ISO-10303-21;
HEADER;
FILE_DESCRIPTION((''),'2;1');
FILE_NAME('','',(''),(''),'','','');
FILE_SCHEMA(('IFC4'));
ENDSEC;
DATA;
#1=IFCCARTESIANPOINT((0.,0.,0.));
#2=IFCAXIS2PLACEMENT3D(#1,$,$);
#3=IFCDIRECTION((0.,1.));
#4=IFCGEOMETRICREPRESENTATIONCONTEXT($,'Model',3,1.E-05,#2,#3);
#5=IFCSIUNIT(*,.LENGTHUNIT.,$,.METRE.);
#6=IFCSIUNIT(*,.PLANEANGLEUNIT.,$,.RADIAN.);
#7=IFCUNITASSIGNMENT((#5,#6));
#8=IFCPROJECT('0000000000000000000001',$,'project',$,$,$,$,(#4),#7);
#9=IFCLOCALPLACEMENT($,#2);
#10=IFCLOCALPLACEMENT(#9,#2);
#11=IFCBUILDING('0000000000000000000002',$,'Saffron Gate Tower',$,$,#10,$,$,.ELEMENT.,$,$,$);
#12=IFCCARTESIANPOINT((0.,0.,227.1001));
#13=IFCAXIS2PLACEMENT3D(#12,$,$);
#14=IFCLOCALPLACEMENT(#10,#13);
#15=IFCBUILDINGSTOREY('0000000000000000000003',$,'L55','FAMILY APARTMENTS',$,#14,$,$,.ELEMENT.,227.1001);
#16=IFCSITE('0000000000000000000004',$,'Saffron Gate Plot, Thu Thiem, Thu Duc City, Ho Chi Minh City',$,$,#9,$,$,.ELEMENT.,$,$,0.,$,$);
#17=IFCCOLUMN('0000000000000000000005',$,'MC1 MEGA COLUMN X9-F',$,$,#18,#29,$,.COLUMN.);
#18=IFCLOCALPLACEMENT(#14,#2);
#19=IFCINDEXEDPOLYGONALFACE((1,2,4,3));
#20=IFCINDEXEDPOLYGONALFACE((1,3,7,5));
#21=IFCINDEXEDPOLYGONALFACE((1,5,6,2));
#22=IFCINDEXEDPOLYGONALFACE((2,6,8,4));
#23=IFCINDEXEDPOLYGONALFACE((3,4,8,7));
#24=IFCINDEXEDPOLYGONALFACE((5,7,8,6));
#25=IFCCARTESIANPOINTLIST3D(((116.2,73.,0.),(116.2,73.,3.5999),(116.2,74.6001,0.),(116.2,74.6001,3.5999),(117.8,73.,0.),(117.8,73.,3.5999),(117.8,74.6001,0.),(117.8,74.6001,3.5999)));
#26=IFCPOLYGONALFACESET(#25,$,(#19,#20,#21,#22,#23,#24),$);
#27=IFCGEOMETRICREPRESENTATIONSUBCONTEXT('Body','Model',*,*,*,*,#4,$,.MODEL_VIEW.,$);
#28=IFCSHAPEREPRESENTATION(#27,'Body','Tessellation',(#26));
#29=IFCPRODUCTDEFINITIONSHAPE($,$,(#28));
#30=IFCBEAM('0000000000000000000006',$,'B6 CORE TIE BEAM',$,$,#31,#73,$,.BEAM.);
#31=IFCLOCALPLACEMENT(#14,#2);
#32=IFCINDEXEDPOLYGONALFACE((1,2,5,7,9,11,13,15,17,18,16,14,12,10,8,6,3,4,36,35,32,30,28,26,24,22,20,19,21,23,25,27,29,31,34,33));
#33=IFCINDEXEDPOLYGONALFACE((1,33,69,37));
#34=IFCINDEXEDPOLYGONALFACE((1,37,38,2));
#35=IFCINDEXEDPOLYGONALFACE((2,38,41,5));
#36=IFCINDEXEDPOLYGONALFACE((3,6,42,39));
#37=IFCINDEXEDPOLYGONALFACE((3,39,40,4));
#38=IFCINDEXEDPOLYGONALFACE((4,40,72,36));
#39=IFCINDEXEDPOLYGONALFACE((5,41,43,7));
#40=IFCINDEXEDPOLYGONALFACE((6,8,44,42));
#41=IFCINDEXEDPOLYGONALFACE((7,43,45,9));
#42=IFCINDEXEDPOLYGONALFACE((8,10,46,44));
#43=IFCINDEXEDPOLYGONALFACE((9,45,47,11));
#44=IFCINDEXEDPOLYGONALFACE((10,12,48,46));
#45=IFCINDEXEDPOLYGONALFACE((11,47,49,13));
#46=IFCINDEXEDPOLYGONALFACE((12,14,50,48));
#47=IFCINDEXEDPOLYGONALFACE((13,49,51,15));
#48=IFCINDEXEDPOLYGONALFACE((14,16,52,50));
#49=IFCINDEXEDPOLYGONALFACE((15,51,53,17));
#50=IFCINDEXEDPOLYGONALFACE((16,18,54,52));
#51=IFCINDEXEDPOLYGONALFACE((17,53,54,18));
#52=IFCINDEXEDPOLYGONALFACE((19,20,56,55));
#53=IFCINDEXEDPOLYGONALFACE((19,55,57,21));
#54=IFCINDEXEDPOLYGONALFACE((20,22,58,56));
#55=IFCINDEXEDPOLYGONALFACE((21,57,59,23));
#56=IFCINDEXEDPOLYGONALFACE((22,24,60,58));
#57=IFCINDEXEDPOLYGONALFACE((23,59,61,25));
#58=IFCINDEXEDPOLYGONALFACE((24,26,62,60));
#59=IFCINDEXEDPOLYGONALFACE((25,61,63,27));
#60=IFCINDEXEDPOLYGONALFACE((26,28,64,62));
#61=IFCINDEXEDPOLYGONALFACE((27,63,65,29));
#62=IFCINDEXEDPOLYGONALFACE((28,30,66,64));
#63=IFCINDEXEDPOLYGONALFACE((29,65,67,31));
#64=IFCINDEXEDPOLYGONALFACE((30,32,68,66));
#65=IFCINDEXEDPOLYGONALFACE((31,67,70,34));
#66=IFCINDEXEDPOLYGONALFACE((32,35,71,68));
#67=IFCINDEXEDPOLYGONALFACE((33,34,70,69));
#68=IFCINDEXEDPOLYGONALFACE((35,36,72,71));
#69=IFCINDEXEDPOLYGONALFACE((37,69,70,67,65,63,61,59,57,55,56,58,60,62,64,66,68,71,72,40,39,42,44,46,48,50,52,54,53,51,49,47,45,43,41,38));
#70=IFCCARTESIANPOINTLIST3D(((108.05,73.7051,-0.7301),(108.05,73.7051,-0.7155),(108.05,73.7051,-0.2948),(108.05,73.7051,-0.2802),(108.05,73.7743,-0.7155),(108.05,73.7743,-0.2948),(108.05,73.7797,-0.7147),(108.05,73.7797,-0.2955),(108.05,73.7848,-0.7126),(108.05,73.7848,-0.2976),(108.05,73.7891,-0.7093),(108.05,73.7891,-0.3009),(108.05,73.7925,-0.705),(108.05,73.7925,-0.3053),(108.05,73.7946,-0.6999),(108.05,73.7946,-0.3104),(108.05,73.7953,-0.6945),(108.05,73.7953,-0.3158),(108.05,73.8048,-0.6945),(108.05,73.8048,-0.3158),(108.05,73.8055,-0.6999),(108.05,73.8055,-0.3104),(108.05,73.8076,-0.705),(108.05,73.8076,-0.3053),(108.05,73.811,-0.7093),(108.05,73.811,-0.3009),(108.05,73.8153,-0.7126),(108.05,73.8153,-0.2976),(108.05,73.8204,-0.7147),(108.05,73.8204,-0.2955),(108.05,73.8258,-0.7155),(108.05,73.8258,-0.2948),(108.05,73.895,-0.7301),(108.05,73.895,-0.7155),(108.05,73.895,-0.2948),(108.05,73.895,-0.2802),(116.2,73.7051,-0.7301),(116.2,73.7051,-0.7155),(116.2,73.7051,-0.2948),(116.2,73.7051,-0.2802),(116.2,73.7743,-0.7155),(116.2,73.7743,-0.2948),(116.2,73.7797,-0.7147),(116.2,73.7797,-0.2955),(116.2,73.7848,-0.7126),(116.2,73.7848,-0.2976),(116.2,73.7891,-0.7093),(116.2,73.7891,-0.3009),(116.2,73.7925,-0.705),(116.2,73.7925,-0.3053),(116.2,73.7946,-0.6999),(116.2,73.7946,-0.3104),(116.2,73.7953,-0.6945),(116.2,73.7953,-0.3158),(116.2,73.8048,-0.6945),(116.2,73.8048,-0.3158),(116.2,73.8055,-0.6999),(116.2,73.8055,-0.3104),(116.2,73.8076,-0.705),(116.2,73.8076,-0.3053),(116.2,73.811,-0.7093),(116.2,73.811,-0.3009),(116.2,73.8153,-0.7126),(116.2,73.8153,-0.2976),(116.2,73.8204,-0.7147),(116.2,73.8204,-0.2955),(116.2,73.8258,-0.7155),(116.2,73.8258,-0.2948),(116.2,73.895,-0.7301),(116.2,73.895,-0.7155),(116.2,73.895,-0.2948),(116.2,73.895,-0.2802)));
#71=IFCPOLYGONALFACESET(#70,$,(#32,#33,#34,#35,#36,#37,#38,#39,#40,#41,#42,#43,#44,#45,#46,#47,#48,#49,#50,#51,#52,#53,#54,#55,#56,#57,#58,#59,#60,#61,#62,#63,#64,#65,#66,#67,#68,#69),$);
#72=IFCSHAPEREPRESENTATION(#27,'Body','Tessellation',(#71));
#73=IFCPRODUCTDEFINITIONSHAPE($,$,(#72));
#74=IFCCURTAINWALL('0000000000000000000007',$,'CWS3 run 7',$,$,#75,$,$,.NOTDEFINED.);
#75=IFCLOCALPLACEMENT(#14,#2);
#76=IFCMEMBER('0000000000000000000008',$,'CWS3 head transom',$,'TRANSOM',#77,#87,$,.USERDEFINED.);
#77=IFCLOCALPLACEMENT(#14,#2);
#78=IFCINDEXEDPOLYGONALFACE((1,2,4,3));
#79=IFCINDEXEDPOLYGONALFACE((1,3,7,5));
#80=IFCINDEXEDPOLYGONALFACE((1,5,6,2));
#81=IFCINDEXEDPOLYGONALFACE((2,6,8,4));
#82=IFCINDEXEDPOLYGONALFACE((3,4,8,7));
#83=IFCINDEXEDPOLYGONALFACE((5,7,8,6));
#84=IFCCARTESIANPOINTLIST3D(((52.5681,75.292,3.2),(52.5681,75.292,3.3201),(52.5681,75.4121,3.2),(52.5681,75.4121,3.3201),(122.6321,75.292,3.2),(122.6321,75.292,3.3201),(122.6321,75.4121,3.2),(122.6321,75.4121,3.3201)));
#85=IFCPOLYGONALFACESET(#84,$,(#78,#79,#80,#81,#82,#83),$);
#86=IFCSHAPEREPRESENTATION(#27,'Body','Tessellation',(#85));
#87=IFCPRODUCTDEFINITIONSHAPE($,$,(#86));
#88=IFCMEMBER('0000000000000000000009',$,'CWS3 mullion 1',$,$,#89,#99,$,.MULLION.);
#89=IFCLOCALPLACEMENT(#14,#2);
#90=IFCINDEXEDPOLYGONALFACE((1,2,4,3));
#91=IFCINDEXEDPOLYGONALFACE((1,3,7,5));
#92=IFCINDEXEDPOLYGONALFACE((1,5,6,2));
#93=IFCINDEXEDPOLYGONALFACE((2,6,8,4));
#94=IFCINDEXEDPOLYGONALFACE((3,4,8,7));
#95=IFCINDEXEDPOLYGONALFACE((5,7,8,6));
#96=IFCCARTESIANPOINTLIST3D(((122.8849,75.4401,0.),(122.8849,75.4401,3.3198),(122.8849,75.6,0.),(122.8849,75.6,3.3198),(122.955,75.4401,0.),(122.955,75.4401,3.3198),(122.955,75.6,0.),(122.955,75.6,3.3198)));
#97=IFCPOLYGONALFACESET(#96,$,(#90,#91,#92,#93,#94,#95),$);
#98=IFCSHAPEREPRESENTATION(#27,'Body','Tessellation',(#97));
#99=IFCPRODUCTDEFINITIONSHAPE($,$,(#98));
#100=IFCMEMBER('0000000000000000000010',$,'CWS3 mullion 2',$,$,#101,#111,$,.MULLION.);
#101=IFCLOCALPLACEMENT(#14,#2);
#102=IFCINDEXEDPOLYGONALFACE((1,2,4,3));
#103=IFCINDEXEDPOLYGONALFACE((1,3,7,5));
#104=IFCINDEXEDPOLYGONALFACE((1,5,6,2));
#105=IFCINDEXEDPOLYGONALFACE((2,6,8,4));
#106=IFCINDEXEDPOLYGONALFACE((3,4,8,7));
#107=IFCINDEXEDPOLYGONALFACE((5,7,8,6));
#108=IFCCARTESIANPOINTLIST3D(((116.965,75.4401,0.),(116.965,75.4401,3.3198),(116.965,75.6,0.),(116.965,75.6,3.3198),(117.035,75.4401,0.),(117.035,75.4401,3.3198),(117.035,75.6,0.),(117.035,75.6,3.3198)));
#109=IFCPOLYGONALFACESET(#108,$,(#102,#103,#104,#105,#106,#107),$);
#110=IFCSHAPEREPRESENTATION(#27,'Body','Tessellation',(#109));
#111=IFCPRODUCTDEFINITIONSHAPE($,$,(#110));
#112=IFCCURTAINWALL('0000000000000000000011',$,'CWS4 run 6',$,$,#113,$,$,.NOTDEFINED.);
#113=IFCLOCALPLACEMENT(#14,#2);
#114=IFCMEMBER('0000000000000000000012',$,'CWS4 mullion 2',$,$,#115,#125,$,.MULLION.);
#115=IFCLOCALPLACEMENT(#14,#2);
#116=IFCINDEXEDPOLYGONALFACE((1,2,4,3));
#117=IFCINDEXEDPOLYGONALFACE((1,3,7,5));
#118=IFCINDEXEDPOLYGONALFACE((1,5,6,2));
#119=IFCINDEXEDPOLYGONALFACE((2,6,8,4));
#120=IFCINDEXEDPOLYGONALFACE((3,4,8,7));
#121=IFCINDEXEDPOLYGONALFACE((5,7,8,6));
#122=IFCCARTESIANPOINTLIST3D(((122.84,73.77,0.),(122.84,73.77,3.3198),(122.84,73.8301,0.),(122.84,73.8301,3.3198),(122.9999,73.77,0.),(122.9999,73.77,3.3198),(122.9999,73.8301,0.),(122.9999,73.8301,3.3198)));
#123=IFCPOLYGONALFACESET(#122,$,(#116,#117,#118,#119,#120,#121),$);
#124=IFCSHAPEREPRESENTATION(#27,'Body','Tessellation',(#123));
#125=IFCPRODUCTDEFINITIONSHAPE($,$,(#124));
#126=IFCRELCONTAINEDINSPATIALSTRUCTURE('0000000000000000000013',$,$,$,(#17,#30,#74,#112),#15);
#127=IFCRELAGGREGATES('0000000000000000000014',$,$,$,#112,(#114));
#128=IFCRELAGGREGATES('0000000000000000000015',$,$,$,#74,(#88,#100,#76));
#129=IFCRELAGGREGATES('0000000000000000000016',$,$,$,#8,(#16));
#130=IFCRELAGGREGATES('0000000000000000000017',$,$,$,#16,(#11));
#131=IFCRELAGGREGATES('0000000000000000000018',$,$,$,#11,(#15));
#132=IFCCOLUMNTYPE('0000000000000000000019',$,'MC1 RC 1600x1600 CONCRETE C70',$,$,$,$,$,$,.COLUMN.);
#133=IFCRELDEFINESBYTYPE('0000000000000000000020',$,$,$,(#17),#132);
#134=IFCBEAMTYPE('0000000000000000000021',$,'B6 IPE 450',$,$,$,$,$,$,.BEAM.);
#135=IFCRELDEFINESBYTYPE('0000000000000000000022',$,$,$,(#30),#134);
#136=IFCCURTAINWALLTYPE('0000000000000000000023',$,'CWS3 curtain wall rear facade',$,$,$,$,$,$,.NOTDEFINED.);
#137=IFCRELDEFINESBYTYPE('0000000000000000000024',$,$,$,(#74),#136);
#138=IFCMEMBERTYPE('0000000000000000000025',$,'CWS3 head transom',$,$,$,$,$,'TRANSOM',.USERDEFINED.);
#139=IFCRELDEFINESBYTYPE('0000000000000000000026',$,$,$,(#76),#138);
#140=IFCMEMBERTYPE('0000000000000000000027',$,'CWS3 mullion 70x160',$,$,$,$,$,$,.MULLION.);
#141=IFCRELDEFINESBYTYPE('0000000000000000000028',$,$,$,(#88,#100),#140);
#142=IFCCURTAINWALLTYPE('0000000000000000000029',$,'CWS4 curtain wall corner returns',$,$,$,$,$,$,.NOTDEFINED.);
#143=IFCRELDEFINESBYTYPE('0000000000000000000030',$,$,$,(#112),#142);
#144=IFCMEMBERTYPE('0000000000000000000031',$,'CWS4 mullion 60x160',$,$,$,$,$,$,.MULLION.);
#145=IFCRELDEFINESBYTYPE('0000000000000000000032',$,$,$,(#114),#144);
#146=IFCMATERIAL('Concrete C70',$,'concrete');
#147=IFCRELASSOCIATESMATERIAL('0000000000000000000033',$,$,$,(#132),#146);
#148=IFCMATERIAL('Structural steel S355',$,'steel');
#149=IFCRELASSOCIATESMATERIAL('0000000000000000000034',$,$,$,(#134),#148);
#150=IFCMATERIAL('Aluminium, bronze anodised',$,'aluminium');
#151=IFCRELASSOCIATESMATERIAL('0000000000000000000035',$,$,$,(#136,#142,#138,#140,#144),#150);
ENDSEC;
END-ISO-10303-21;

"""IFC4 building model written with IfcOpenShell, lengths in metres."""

from ifc_helpers import new_model, si_unit, direction, frame, origin, origin_2d, place, context, subcontext, project, spatial, rectangle, i_section, extrude, material, material_profile, profile_set, type_object, element, aggregate, save


model = new_model("IFC4")

# Units and contexts
model_context = context("Model", 3, precision=1e-05, world=origin(), true_north=direction((0.0, 1.0)))
body_context = subcontext(model_context, "Body", "Model", "MODEL_VIEW")
ifc_project = project(units=[si_unit("LENGTHUNIT", "METRE"), si_unit("PLANEANGLEUNIT", "RADIAN")], contexts=[model_context])

# Site, building, storey
site_placement = place(None, origin())
site = spatial("IfcSite", under=ifc_project, at=site_placement, Name="Saffron Gate Plot, Thu Thiem, Thu Duc City, Ho Chi Minh City", CompositionType="ELEMENT", RefElevation=0.0)
building_placement = place(site_placement, origin())
building = spatial("IfcBuilding", under=site, at=building_placement, Name="Saffron Gate Tower", CompositionType="ELEMENT")
storey_placement = place(building_placement, frame((0.0, 0.0, 227.1001)))
storey = spatial("IfcBuildingStorey", under=building, at=storey_placement, Name="L55", Description="FAMILY APARTMENTS", CompositionType="ELEMENT", Elevation=227.1001)

# Column
ifc_material_1 = material(Name="Concrete C70", Category="concrete")
ifc_material_profile_1 = material_profile(ifc_material_1, rectangle(XDim=1.6001, YDim=1.6001, at=origin_2d()))
ifc_profile_set_1 = profile_set([ifc_material_profile_1], Name="Concrete C70")
column_type = type_object("IfcColumnType", Name="MC1 RC 1600x1600 CONCRETE C70", PredefinedType="COLUMN", material=ifc_profile_set_1)
column_placement = place(storey_placement, frame((117.0, 73.8, 0.0), z_axis=(0.0, 0.0, 1.0), x_axis=(1.0, 0.0, 0.0)))
element("IfcColumn", 1, at=column_placement, inside=storey, type_object=column_type, Name="MC1 MEGA COLUMN X9-F", PredefinedType="COLUMN", context=body_context, shape_type="SweptSolid", body=[
    extrude(rectangle(XDim=1.6001, YDim=1.6001, at=origin_2d()), origin(), (0.0, 0.0, 1.0), 3.5999),
])

# Beam
ifc_material_2 = material(Name="Structural steel S355", Category="steel")
ifc_material_profile_2 = material_profile(ifc_material_2, i_section(OverallWidth=0.1899, OverallDepth=0.45, WebThickness=0.0095, FlangeThickness=0.0146, FilletRadius=0.021, at=origin_2d()))
ifc_profile_set_2 = profile_set([ifc_material_profile_2], Name="Structural steel S355")
beam_type = type_object("IfcBeamType", Name="B6 IPE 450", PredefinedType="BEAM", material=ifc_profile_set_2)
beam_placement = place(storey_placement, frame((116.2, 73.8, -0.5051), z_axis=(-1.0, 0.0, 0.0), x_axis=(0.0, -1.0, 0.0)))
element("IfcBeam", 2, at=beam_placement, inside=storey, type_object=beam_type, Name="B6 CORE TIE BEAM", PredefinedType="BEAM", context=body_context, shape_type="SweptSolid", body=[
    extrude(i_section(OverallWidth=0.1899, OverallDepth=0.45, WebThickness=0.0095, FlangeThickness=0.0146, FilletRadius=0.021, at=origin_2d()), origin(), (0.0, 0.0, 1.0), 8.1499),
])

# Curtain wall, members
ifc_material_3 = material(Name="Aluminium, bronze anodised", Category="aluminium")
curtain_wall_type_1 = type_object("IfcCurtainWallType", Name="CWS3 curtain wall rear facade", PredefinedType="NOTDEFINED", material=ifc_material_3)
curtain_wall_1_placement = place(storey_placement, origin())
curtain_wall_1 = element("IfcCurtainWall", 3, at=curtain_wall_1_placement, inside=storey, type_object=curtain_wall_type_1, Name="CWS3 run 7", PredefinedType="NOTDEFINED")
ifc_material_profile_3 = material_profile(ifc_material_3, rectangle(XDim=0.1201, YDim=0.1201, at=origin_2d()))
ifc_profile_set_3 = profile_set([ifc_material_profile_3], Name="Aluminium, bronze anodised")
member_type_1 = type_object("IfcMemberType", Name="CWS3 head transom", ElementType="TRANSOM", PredefinedType="USERDEFINED", material=ifc_profile_set_3)
member_1_placement = place(storey_placement, frame((122.6321, 75.3521, 3.26), z_axis=(-1.0, 0.0, 0.0), x_axis=(0.0, -1.0, 0.0)))
member_1 = element("IfcMember", 4, at=member_1_placement, type_object=member_type_1, Name="CWS3 head transom", ObjectType="TRANSOM", PredefinedType="USERDEFINED", context=body_context, shape_type="SweptSolid", body=[
    extrude(rectangle(XDim=0.1201, YDim=0.1201, at=origin_2d()), origin(), (0.0, 0.0, 1.0), 70.064),
])
ifc_material_profile_4 = material_profile(ifc_material_3, rectangle(XDim=0.1599, YDim=0.0701, at=origin_2d()))
ifc_profile_set_4 = profile_set([ifc_material_profile_4], Name="Aluminium, bronze anodised")
member_type_2 = type_object("IfcMemberType", Name="CWS3 mullion 70x160", PredefinedType="MULLION", material=ifc_profile_set_4)
member_2_placement = place(storey_placement, frame((122.9199, 75.52, 0.0), z_axis=(0.0, 0.0, 1.0), x_axis=(0.0, -1.0, 0.0)))
member_2 = element("IfcMember", 5, at=member_2_placement, type_object=member_type_2, Name="CWS3 mullion 1", PredefinedType="MULLION", context=body_context, shape_type="SweptSolid", body=[
    extrude(rectangle(XDim=0.1599, YDim=0.0701, at=origin_2d()), origin(), (0.0, 0.0, 1.0), 3.3198),
])
member_3_placement = place(storey_placement, frame((117.0, 75.52, 0.0), z_axis=(0.0, 0.0, 1.0), x_axis=(0.0, -1.0, 0.0)))
member_3 = element("IfcMember", 6, at=member_3_placement, type_object=member_type_2, Name="CWS3 mullion 2", PredefinedType="MULLION", context=body_context, shape_type="SweptSolid", body=[
    extrude(rectangle(XDim=0.1599, YDim=0.0701, at=origin_2d()), origin(), (0.0, 0.0, 1.0), 3.3198),
])

# Curtain wall, member
curtain_wall_type_2 = type_object("IfcCurtainWallType", Name="CWS4 curtain wall corner returns", PredefinedType="NOTDEFINED", material=ifc_material_3)
curtain_wall_2_placement = place(storey_placement, origin())
curtain_wall_2 = element("IfcCurtainWall", 7, at=curtain_wall_2_placement, inside=storey, type_object=curtain_wall_type_2, Name="CWS4 run 6", PredefinedType="NOTDEFINED")
ifc_material_profile_5 = material_profile(ifc_material_3, rectangle(XDim=0.1599, YDim=0.0601, at=origin_2d()))
ifc_profile_set_5 = profile_set([ifc_material_profile_5], Name="Aluminium, bronze anodised")
member_type_3 = type_object("IfcMemberType", Name="CWS4 mullion 60x160", PredefinedType="MULLION", material=ifc_profile_set_5)
member_4_placement = place(storey_placement, frame((122.9199, 73.8, 0.0), z_axis=(0.0, 0.0, 1.0), x_axis=(-1.0, 0.0, 0.0)))
member_4 = element("IfcMember", 8, at=member_4_placement, type_object=member_type_3, Name="CWS4 mullion 2", PredefinedType="MULLION", context=body_context, shape_type="SweptSolid", body=[
    extrude(rectangle(XDim=0.1599, YDim=0.0601, at=origin_2d()), origin(), (0.0, 0.0, 1.0), 3.3198),
])
aggregate(curtain_wall_2, [member_4])

aggregate(curtain_wall_1, [member_2, member_3, member_1])

save(model, "model.ifc")
